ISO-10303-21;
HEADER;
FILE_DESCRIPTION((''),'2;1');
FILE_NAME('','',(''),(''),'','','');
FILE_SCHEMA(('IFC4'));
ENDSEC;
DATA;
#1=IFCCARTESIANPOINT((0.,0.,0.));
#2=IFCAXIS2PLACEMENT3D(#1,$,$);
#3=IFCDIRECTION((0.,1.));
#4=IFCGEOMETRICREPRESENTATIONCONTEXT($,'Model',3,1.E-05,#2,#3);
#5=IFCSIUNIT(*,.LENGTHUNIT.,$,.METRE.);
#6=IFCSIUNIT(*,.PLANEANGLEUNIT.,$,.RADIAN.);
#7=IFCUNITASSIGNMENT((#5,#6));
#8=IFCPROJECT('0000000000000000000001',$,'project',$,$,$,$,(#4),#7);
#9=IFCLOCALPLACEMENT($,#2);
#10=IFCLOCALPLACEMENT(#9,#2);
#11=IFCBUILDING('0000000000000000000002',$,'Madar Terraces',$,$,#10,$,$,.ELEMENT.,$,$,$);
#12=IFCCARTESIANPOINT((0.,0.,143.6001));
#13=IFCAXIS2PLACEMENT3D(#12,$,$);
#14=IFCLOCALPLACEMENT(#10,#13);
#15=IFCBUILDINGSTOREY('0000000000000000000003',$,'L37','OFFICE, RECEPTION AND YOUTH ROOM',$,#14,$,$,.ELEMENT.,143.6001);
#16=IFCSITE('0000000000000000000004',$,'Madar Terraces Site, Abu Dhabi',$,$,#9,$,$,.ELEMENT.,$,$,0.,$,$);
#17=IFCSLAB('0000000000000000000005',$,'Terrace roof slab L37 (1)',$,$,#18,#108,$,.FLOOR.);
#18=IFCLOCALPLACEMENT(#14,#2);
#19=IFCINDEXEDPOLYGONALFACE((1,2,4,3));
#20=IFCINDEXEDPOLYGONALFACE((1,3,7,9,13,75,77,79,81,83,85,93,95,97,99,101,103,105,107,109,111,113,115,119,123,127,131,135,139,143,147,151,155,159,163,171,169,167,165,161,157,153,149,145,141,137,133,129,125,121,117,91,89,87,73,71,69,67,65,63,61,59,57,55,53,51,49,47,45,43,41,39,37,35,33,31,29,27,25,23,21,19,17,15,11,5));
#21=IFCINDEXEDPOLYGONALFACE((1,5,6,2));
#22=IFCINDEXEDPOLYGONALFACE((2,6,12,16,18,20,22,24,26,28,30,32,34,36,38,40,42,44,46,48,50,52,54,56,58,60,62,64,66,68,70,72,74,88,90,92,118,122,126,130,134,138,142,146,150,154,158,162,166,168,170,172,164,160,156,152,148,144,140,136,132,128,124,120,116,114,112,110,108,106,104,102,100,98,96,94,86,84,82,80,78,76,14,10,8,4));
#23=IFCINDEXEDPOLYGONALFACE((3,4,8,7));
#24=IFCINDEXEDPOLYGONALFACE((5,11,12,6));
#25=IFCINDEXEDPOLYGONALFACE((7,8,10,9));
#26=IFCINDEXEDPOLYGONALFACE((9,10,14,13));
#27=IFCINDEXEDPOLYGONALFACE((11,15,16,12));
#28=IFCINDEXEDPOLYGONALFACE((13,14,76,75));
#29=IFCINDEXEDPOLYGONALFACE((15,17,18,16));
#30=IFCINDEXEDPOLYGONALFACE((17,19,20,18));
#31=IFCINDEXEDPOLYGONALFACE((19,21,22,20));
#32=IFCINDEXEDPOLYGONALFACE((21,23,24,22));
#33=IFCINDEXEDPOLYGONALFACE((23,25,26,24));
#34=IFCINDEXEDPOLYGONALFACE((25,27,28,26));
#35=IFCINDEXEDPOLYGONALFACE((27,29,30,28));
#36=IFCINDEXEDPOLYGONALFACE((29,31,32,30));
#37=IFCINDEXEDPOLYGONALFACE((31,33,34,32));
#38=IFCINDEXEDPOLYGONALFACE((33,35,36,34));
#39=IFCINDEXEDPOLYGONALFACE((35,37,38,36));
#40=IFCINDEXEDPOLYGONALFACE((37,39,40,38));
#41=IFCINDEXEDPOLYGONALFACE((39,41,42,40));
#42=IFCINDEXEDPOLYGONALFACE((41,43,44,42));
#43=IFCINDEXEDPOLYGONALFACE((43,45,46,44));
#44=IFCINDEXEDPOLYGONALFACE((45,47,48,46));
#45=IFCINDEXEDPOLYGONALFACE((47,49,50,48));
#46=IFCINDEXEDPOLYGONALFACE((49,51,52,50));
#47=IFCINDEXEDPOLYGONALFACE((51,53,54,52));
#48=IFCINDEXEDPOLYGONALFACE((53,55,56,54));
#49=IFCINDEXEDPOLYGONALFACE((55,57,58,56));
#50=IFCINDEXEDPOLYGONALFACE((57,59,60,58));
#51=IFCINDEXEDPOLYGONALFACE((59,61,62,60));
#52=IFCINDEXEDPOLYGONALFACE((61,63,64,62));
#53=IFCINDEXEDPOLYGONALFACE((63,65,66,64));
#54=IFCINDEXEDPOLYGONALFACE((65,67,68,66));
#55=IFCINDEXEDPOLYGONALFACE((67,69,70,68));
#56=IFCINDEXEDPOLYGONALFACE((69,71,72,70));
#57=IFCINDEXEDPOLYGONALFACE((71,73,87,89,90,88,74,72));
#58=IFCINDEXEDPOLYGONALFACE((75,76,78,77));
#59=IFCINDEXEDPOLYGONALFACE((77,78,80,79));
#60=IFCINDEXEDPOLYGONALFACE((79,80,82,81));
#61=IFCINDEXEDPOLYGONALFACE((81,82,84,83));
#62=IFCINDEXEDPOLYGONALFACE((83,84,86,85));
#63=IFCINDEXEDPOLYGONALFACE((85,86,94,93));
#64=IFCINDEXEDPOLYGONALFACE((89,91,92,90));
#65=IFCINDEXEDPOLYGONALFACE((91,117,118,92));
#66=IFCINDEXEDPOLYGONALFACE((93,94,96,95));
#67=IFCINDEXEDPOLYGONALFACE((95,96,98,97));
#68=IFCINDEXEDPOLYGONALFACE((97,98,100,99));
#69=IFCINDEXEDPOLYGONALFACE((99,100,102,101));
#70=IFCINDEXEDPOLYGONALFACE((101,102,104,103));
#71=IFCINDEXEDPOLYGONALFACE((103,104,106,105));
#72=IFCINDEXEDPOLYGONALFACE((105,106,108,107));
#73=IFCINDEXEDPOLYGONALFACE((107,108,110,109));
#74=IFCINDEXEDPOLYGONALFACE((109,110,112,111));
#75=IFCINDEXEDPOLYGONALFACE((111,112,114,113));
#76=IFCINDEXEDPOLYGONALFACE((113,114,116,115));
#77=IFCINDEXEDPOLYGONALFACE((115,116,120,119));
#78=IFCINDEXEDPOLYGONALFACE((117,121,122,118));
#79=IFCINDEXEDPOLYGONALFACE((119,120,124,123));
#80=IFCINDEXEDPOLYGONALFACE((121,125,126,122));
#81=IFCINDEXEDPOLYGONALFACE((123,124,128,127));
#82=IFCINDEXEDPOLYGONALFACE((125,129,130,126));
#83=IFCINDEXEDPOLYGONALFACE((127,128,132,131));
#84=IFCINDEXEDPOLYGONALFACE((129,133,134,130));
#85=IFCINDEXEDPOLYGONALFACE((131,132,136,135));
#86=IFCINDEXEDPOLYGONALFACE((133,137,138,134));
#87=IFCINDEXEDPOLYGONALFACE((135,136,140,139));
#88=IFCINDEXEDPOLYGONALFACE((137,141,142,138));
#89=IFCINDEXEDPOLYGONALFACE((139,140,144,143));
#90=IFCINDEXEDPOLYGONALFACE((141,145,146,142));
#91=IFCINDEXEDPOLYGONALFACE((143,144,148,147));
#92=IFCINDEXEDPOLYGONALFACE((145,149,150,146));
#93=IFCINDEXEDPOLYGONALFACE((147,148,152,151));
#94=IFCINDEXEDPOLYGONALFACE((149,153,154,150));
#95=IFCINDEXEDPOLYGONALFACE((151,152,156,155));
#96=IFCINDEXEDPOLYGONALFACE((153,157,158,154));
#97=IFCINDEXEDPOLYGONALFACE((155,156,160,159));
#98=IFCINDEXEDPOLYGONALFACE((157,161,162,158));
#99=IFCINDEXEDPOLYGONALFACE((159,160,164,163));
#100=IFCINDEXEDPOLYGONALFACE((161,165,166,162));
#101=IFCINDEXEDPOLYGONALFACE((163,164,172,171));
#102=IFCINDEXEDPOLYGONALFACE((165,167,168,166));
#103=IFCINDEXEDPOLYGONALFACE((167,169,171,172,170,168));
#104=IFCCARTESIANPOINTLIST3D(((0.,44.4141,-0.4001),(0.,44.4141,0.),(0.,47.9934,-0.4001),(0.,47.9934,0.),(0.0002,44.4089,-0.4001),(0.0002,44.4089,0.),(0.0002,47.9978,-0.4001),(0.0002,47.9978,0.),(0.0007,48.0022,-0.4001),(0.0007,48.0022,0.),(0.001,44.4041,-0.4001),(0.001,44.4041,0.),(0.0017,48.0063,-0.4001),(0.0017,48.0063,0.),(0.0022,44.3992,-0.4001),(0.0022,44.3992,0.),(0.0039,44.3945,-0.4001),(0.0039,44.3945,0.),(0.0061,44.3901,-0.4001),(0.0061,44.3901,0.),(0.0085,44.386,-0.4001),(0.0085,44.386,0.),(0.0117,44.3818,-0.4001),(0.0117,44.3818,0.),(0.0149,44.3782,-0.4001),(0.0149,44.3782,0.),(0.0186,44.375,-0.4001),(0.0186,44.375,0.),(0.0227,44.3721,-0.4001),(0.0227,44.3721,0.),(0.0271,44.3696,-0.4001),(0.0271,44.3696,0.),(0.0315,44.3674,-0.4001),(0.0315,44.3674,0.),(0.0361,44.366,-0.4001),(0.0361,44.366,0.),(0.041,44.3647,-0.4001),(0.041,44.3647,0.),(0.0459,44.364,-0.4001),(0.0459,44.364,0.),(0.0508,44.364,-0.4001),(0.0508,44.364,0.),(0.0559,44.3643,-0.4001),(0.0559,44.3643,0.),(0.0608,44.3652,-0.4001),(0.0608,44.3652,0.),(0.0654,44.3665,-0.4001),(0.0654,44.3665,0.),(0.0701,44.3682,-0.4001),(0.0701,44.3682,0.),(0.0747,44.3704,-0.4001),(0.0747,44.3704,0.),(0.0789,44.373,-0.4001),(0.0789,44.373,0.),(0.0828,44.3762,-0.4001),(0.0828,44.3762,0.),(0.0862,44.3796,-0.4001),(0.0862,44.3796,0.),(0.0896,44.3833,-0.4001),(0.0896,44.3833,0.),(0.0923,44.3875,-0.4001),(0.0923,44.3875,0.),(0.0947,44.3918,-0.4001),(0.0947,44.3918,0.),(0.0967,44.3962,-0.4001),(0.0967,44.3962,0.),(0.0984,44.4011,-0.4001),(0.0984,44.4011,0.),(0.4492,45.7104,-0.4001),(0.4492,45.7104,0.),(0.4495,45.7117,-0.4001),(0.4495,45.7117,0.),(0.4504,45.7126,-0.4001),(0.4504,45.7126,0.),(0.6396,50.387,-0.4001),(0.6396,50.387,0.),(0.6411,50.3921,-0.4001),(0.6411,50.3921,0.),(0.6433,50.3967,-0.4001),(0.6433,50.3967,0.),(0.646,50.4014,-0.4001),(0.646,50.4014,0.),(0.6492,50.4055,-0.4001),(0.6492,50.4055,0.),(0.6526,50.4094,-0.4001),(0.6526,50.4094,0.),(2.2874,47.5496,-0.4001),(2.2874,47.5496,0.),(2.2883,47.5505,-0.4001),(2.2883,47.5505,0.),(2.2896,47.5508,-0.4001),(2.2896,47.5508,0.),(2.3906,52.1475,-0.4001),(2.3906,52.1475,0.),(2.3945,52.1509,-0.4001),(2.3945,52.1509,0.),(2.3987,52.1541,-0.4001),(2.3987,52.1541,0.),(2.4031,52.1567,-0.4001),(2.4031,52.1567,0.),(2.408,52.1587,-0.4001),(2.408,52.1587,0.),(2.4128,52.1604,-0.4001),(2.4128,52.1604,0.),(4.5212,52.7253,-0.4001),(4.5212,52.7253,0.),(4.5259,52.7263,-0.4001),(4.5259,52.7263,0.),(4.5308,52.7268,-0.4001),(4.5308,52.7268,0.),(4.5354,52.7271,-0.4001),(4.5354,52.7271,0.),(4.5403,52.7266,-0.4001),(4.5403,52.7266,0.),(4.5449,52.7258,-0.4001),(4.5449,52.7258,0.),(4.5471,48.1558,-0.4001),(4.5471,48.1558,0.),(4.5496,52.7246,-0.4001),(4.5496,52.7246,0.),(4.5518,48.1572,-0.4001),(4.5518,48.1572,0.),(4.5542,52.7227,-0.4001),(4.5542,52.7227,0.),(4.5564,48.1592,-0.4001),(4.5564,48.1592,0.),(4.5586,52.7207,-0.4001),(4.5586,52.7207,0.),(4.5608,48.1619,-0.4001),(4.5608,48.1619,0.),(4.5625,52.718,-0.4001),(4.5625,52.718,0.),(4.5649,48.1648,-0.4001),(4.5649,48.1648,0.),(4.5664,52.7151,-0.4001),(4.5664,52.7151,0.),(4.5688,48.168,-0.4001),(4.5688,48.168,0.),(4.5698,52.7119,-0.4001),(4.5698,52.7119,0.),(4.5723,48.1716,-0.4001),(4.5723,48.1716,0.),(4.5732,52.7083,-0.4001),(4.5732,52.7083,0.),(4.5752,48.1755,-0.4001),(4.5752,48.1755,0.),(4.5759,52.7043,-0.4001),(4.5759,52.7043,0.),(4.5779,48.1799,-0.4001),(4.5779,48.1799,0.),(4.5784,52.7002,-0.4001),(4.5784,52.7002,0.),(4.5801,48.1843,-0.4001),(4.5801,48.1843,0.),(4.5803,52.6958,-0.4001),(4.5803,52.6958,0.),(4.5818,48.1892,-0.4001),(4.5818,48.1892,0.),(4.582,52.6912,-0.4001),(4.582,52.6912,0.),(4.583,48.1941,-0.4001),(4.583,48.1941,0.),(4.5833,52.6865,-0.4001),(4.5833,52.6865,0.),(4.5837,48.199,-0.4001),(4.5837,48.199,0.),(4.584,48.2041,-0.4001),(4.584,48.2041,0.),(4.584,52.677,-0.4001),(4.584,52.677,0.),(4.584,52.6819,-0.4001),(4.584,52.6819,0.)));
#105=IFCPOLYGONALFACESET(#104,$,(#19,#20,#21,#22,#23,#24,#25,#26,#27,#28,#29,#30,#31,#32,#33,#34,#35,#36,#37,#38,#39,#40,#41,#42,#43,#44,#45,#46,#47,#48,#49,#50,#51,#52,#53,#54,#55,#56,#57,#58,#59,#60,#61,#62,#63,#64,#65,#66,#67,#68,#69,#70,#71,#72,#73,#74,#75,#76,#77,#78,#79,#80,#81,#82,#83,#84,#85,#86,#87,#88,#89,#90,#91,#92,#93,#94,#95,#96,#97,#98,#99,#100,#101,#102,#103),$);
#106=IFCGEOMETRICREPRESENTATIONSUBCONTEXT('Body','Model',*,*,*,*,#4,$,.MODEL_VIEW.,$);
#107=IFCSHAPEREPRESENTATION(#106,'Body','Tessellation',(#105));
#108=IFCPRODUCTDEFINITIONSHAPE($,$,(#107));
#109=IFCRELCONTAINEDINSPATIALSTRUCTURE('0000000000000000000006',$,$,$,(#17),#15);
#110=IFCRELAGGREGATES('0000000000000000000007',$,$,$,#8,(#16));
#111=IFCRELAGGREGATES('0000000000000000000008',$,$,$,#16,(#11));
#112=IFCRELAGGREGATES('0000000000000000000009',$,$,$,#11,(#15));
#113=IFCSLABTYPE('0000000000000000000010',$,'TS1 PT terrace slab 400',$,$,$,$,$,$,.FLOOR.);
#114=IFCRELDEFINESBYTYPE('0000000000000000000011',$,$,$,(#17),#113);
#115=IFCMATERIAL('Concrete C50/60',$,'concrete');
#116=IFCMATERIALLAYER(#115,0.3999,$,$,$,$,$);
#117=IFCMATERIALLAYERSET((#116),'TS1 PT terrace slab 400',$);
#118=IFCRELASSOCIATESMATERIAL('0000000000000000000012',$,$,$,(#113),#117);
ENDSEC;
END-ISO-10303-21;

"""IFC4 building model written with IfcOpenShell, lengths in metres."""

from ifc_helpers import new_model, si_unit, direction, frame, origin, place, context, subcontext, project, spatial, polyline, outline, extrude, material, layer, layer_set, type_object, element, save


model = new_model("IFC4")

# Units and contexts
model_context = context("Model", 3, precision=1e-05, world=origin(), true_north=direction((0.0, 1.0)))
body_context = subcontext(model_context, "Body", "Model", "MODEL_VIEW")
ifc_project = project(units=[si_unit("LENGTHUNIT", "METRE"), si_unit("PLANEANGLEUNIT", "RADIAN")], contexts=[model_context])

# Site, building, storey
site_placement = place(None, origin())
site = spatial("IfcSite", under=ifc_project, at=site_placement, Name="Madar Terraces Site, Abu Dhabi", CompositionType="ELEMENT", RefElevation=0.0)
building_placement = place(site_placement, origin())
building = spatial("IfcBuilding", under=site, at=building_placement, Name="Madar Terraces", CompositionType="ELEMENT")
storey_placement = place(building_placement, frame((0.0, 0.0, 143.6001)))
storey = spatial("IfcBuildingStorey", under=building, at=storey_placement, Name="L37", Description="OFFICE, RECEPTION AND YOUTH ROOM", CompositionType="ELEMENT", Elevation=143.6001)

# Slab
ifc_material_1 = material(Name="Concrete C50/60", Category="concrete")
ifc_layer_1 = layer(ifc_material_1, 0.3999)
ifc_layer_set_1 = layer_set([ifc_layer_1], Name="TS1 PT terrace slab 400")
slab_type_1 = type_object("IfcSlabType", Name="TS1 PT terrace slab 400", PredefinedType="FLOOR", material=ifc_layer_set_1)
slab_1_placement = place(storey_placement, frame((0.0, 0.0, -0.4001)))
element("IfcSlab", 1, at=slab_1_placement, inside=storey, type_object=slab_type_1, Name="Terrace roof slab L37 (1)", PredefinedType="FLOOR", context=body_context, shape_type="SweptSolid", body=[
    extrude(outline(polyline([(0.0984, 44.4011), (0.4492, 45.7104), (0.4495, 45.7117), (0.4504, 45.7126), (2.2874, 47.5496), (2.2883, 47.5505), (2.2896, 47.5508), (4.5471, 48.1558), (4.5518, 48.1572), (4.5564, 48.1592), (4.5608, 48.1619), (4.5649, 48.1648), (4.5688, 48.168), (4.5723, 48.1716), (4.5752, 48.1755), (4.5779, 48.1799), (4.5801, 48.1843), (4.5818, 48.1892), (4.583, 48.1941), (4.5837, 48.199), (4.584, 48.2041), (4.584, 52.677), (4.584, 52.6819), (4.5833, 52.6865), (4.582, 52.6912), (4.5803, 52.6958), (4.5784, 52.7002), (4.5759, 52.7043), (4.5732, 52.7083), (4.5698, 52.7119), (4.5664, 52.7151), (4.5625, 52.718), (4.5586, 52.7207), (4.5542, 52.7227), (4.5496, 52.7246), (4.5449, 52.7258), (4.5403, 52.7266), (4.5354, 52.7271), (4.5308, 52.7268), (4.5259, 52.7263), (4.5212, 52.7253), (2.4128, 52.1604), (2.408, 52.1587), (2.4031, 52.1567), (2.3987, 52.1541), (2.3945, 52.1509), (2.3906, 52.1475), (0.6526, 50.4094), (0.6492, 50.4055), (0.646, 50.4014), (0.6433, 50.3967), (0.6411, 50.3921), (0.6396, 50.387), (0.0017, 48.0063), (0.0007, 48.0022), (0.0002, 47.9978), (0.0, 47.9934), (0.0, 44.4141), (0.0002, 44.4089), (0.001, 44.4041), (0.0022, 44.3992), (0.0039, 44.3945), (0.0061, 44.3901), (0.0085, 44.386), (0.0117, 44.3818), (0.0149, 44.3782), (0.0186, 44.375), (0.0227, 44.3721), (0.0271, 44.3696), (0.0315, 44.3674), (0.0361, 44.366), (0.041, 44.3647), (0.0459, 44.364), (0.0508, 44.364), (0.0559, 44.3643), (0.0608, 44.3652), (0.0654, 44.3665), (0.0701, 44.3682), (0.0747, 44.3704), (0.0789, 44.373), (0.0828, 44.3762), (0.0862, 44.3796), (0.0896, 44.3833), (0.0923, 44.3875), (0.0947, 44.3918), (0.0967, 44.3962), (0.0984, 44.4011)])), origin(), (0.0, 0.0, 1.0), 0.4001),
])

save(model, "model.ifc")
